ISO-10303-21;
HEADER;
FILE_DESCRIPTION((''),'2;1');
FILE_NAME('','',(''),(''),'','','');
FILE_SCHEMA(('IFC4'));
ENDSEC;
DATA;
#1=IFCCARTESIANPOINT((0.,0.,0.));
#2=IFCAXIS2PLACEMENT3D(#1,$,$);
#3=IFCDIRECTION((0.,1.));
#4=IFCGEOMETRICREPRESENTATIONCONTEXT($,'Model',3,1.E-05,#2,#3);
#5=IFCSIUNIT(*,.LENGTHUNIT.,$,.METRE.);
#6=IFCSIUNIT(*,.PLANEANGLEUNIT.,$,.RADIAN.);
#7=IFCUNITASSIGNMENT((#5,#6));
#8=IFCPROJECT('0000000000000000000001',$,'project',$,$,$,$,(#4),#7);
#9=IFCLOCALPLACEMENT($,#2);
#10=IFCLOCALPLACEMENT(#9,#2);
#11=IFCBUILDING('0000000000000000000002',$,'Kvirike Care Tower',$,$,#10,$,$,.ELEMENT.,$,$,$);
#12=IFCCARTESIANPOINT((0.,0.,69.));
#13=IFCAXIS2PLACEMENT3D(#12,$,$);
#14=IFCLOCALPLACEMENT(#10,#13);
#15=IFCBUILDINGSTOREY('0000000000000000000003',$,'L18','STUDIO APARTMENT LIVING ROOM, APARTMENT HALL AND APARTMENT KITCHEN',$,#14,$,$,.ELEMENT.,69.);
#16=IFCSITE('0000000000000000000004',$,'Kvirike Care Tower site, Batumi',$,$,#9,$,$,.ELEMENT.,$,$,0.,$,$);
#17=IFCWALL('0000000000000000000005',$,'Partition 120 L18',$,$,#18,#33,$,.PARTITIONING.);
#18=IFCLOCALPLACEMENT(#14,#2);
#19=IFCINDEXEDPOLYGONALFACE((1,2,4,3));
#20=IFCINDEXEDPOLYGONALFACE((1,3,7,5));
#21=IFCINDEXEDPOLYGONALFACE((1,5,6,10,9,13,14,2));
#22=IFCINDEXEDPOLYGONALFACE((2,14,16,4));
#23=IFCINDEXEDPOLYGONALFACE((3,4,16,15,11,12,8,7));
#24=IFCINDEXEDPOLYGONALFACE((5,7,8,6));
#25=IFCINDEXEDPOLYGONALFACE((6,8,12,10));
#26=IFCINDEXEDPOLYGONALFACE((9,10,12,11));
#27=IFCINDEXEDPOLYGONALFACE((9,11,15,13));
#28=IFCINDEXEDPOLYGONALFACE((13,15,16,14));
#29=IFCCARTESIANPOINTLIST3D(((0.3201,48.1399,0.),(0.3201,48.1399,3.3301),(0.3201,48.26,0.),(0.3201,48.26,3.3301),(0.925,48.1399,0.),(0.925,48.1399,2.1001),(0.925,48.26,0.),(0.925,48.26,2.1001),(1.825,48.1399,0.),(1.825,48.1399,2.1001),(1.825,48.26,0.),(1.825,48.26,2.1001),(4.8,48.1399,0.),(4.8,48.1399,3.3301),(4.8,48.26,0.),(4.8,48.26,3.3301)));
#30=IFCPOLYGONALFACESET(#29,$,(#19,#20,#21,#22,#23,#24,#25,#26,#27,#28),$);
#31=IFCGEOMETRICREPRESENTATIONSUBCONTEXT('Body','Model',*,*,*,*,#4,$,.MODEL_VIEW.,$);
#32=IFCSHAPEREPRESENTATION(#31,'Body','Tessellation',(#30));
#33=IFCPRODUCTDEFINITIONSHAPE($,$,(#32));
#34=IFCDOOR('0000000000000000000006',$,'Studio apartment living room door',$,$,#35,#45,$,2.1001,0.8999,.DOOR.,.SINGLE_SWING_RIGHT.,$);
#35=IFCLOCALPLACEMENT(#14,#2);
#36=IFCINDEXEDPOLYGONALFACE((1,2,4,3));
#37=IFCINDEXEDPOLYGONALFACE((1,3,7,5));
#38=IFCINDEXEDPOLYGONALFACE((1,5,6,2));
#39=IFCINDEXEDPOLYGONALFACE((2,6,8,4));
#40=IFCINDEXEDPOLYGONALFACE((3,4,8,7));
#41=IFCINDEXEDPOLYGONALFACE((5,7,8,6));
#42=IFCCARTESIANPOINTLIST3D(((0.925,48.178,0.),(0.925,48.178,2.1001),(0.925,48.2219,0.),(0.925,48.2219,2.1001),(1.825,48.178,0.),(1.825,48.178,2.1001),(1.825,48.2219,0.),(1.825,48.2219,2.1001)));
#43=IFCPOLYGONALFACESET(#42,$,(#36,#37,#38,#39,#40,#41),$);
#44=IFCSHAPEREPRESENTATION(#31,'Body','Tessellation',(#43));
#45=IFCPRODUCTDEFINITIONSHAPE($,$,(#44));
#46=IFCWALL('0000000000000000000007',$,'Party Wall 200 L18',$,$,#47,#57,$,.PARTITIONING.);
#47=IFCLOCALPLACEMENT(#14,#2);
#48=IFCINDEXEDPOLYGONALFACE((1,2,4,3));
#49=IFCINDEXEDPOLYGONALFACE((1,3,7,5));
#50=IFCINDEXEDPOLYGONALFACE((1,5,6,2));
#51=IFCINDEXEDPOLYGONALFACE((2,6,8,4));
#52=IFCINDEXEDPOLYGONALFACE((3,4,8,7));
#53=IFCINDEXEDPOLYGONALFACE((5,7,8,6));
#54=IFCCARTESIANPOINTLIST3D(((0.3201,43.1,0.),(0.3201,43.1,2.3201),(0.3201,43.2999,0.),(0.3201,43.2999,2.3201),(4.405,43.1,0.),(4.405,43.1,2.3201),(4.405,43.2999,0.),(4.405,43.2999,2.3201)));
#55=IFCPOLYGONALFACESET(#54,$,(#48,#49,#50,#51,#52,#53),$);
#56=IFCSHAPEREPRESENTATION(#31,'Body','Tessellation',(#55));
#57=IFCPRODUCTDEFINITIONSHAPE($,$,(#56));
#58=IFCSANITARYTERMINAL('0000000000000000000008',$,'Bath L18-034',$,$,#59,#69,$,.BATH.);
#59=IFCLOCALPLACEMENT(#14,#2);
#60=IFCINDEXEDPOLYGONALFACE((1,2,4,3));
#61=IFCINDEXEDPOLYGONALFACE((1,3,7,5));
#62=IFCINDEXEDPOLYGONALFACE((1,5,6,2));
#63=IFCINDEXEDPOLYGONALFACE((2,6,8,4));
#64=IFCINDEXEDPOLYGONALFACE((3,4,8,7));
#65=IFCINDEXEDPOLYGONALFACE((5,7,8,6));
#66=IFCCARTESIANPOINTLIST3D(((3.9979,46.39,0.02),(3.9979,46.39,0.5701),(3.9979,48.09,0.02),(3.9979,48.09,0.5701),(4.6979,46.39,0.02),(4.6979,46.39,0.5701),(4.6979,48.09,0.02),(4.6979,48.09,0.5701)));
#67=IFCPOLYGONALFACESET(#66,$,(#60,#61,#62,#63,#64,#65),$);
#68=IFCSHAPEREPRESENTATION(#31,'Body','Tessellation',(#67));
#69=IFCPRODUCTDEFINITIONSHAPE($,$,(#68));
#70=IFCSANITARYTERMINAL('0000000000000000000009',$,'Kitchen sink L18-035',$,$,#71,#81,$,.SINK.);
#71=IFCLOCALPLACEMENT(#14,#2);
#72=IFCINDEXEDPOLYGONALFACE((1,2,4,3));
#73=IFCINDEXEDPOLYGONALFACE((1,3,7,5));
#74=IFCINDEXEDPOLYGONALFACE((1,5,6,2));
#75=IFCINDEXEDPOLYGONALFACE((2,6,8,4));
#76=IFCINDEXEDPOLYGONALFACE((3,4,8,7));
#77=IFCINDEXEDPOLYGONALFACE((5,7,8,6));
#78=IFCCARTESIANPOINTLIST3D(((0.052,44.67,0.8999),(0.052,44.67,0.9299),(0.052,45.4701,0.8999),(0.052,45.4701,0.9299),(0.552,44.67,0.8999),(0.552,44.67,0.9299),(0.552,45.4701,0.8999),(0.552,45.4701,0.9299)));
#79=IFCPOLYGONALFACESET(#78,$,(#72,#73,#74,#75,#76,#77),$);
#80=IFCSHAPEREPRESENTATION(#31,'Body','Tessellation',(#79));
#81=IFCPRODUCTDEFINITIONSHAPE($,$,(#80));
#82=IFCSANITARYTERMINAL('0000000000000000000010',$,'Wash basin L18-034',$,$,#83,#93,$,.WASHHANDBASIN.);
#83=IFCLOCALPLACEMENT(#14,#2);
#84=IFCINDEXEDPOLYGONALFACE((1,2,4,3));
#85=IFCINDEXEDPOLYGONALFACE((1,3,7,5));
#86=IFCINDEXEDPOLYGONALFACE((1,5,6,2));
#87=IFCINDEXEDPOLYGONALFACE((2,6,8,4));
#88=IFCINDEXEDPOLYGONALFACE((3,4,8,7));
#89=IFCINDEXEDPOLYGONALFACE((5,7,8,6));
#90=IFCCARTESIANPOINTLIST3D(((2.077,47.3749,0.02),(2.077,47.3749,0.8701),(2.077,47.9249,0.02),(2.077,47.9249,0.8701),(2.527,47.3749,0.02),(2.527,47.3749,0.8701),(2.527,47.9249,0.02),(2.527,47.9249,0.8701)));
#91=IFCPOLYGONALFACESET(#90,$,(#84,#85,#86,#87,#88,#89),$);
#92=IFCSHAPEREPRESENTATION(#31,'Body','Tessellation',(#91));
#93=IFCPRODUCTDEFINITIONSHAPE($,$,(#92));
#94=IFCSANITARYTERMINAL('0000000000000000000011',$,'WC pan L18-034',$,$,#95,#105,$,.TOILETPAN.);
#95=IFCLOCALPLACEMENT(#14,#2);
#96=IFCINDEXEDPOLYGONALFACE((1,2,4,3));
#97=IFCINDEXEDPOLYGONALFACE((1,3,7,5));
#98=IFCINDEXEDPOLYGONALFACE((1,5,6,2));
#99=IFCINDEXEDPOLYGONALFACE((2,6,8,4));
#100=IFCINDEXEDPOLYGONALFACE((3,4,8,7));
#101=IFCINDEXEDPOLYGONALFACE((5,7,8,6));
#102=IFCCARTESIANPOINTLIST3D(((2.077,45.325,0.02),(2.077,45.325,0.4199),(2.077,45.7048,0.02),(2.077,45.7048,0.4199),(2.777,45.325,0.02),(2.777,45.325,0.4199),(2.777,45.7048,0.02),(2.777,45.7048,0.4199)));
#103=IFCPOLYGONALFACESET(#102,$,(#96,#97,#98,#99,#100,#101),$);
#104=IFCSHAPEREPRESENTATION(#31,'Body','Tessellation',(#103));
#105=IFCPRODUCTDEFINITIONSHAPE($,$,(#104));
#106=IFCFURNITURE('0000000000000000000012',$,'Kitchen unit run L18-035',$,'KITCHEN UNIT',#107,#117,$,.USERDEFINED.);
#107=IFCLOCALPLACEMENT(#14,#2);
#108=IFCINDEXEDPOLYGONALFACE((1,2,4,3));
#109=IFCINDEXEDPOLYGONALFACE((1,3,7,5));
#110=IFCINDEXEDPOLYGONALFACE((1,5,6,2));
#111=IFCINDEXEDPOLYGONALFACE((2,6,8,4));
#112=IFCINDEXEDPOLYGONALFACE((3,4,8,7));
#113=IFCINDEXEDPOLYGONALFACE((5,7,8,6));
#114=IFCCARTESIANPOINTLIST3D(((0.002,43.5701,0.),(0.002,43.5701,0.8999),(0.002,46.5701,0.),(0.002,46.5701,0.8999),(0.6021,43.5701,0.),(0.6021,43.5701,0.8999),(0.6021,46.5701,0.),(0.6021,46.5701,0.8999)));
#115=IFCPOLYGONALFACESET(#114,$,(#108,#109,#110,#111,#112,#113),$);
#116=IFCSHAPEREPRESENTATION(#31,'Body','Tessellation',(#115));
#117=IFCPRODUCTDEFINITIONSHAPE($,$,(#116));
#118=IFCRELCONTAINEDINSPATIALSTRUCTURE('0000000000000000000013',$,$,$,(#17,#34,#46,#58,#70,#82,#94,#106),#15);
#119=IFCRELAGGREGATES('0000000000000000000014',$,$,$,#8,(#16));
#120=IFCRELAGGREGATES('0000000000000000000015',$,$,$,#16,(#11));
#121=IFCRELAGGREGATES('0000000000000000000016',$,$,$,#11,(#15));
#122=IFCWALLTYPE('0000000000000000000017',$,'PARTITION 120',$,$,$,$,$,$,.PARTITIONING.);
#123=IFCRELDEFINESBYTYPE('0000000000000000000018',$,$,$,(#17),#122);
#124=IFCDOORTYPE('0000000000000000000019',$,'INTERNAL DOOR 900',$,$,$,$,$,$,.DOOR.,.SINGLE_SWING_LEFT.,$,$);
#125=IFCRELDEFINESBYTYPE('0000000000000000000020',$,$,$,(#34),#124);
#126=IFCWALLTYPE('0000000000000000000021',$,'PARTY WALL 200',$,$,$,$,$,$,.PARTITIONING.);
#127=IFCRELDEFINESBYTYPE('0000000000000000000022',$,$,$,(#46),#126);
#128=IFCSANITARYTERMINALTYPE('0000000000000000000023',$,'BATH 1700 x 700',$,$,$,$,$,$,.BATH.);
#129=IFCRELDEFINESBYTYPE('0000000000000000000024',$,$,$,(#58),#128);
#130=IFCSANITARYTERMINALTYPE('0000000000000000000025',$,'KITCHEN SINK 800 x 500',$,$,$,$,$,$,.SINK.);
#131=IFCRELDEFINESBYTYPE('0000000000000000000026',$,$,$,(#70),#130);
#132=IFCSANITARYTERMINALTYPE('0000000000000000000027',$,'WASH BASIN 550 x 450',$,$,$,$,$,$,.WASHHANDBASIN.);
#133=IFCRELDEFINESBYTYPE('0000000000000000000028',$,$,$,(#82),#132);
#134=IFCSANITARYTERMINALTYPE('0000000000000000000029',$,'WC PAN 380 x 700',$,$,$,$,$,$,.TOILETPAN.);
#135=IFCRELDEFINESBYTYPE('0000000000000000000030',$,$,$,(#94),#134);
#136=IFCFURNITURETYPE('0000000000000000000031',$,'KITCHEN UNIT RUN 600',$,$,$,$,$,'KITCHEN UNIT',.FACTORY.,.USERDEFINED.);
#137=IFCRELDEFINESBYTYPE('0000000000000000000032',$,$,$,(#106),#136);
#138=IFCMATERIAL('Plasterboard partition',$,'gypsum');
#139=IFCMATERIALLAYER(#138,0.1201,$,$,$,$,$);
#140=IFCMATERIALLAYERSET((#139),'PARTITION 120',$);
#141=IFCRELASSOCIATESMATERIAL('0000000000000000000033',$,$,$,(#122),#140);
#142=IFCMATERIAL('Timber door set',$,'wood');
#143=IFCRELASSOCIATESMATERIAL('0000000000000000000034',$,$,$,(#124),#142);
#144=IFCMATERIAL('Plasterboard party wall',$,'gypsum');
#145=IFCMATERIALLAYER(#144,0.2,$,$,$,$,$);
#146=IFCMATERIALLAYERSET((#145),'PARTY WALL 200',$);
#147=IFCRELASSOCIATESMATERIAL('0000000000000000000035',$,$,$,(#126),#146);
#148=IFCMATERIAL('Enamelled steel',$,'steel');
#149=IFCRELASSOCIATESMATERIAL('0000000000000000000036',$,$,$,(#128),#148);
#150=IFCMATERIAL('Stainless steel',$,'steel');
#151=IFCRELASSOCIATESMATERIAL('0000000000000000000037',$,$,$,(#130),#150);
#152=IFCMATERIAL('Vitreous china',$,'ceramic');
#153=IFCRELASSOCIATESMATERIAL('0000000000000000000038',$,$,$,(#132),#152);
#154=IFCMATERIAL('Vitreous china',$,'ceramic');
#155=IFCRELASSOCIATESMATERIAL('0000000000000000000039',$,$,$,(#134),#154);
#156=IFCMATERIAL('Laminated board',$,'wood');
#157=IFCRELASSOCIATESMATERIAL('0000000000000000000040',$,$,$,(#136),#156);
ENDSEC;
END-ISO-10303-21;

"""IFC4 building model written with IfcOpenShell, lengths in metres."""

from ifc_helpers import new_model, si_unit, direction, frame, frame_2d, origin, origin_2d, place, context, subcontext, project, spatial, rectangle, extrude, material, layer, layer_set, type_object, element, fill, save


model = new_model("IFC4")

# Units and contexts
model_context = context("Model", 3, precision=1e-05, world=origin(), true_north=direction((0.0, 1.0)))
body_context = subcontext(model_context, "Body", "Model", "MODEL_VIEW")
ifc_project = project(units=[si_unit("LENGTHUNIT", "METRE"), si_unit("PLANEANGLEUNIT", "RADIAN")], contexts=[model_context])

# Site, building, storey
site_placement = place(None, origin())
site = spatial("IfcSite", under=ifc_project, at=site_placement, Name="Kvirike Care Tower site, Batumi", CompositionType="ELEMENT", RefElevation=0.0)
building_placement = place(site_placement, origin())
building = spatial("IfcBuilding", under=site, at=building_placement, Name="Kvirike Care Tower", CompositionType="ELEMENT")
storey_placement = place(building_placement, frame((0.0, 0.0, 69.0)))
storey = spatial("IfcBuildingStorey", under=building, at=storey_placement, Name="L18", Description="STUDIO APARTMENT LIVING ROOM, APARTMENT HALL AND APARTMENT KITCHEN", CompositionType="ELEMENT", Elevation=69.0)

# Wall, opening, door
ifc_material_1 = material(Name="Plasterboard partition", Category="gypsum")
ifc_layer_1 = layer(ifc_material_1, 0.1201)
ifc_layer_set_1 = layer_set([ifc_layer_1], Name="PARTITION 120")
wall_type_1 = type_object("IfcWallType", Name="PARTITION 120", PredefinedType="PARTITIONING", material=ifc_layer_set_1)
wall_1_placement = place(storey_placement, frame((4.8, 48.2, 0.0), z_axis=(0.0, 0.0, 1.0), x_axis=(-1.0, 0.0, 0.0)))
wall_1 = element("IfcWall", 1, at=wall_1_placement, inside=storey, type_object=wall_type_1, Name="Partition 120 L18", PredefinedType="PARTITIONING", context=body_context, shape_type="SweptSolid", body=[
    extrude(rectangle(XDim=4.48, YDim=0.1201, at=frame_2d((2.24, 0.0))), origin(), (0.0, 0.0, 1.0), 3.3301),
])
opening_1_placement = place(wall_1_placement, frame((2.9751, 0.0, 0.0)))
opening_1 = element("IfcOpeningElement", 2, at=opening_1_placement, cuts=wall_1, PredefinedType="OPENING", context=body_context, shape_type="SweptSolid", body=[
    extrude(rectangle(XDim=0.8999, YDim=2.1001, at=frame_2d((0.45, 1.05))), frame((0.0, 0.0706, 0.0), z_axis=(0.0, -1.0, 0.0), x_axis=(1.0, 0.0, 0.0)), (0.0, 0.0, 1.0), 0.1411),
])
ifc_material_2 = material(Name="Timber door set", Category="wood")
door_type_1 = type_object("IfcDoorType", Name="INTERNAL DOOR 900", OperationType="SINGLE_SWING_LEFT", PredefinedType="DOOR", material=ifc_material_2)
door_1_placement = place(opening_1_placement, origin())
door_1 = element("IfcDoor", 3, at=door_1_placement, inside=storey, type_object=door_type_1, Name="Studio apartment living room door", OperationType="SINGLE_SWING_RIGHT", OverallHeight=2.1001, OverallWidth=0.8999, PredefinedType="DOOR", context=body_context, shape_type="SweptSolid", body=[
    extrude(rectangle(XDim=0.8999, YDim=2.1001, at=frame_2d((0.45, 1.05))), frame((0.0, 0.022, 0.0), z_axis=(0.0, -1.0, 0.0), x_axis=(1.0, 0.0, 0.0)), (0.0, 0.0, 1.0), 0.0439),
])
fill(opening_1, door_1)

# Wall
ifc_material_3 = material(Name="Plasterboard party wall", Category="gypsum")
ifc_layer_2 = layer(ifc_material_3, 0.2)
ifc_layer_set_2 = layer_set([ifc_layer_2], Name="PARTY WALL 200")
wall_type_2 = type_object("IfcWallType", Name="PARTY WALL 200", PredefinedType="PARTITIONING", material=ifc_layer_set_2)
wall_2_placement = place(storey_placement, frame((4.405, 43.2, 0.0), z_axis=(0.0, 0.0, 1.0), x_axis=(-1.0, 0.0, 0.0)))
element("IfcWall", 4, at=wall_2_placement, inside=storey, type_object=wall_type_2, Name="Party Wall 200 L18", PredefinedType="PARTITIONING", context=body_context, shape_type="SweptSolid", body=[
    extrude(rectangle(XDim=4.085, YDim=0.2, at=frame_2d((2.0425, 0.0))), origin(), (0.0, 0.0, 1.0), 2.3201),
])

# Sanitary terminals
ifc_material_4 = material(Name="Enamelled steel", Category="steel")
sanitary_terminal_type_1 = type_object("IfcSanitaryTerminalType", Name="BATH 1700 x 700", PredefinedType="BATH", material=ifc_material_4)
sanitary_terminal_1_placement = place(storey_placement, frame((4.3479, 47.24, 0.02), z_axis=(0.0, 0.0, 1.0), x_axis=(0.0, -1.0, 0.0)))
element("IfcSanitaryTerminal", 5, at=sanitary_terminal_1_placement, inside=storey, type_object=sanitary_terminal_type_1, Name="Bath L18-034", PredefinedType="BATH", context=body_context, shape_type="SweptSolid", body=[
    extrude(rectangle(XDim=1.7, YDim=0.7, at=origin_2d()), origin(), (0.0, 0.0, 1.0), 0.55),
])
ifc_material_5 = material(Name="Stainless steel", Category="steel")
sanitary_terminal_type_2 = type_object("IfcSanitaryTerminalType", Name="KITCHEN SINK 800 x 500", PredefinedType="SINK", material=ifc_material_5)
sanitary_terminal_2_placement = place(storey_placement, frame((0.302, 45.0701, 0.8999), z_axis=(0.0, 0.0, 1.0), x_axis=(0.0, 1.0, 0.0)))
element("IfcSanitaryTerminal", 6, at=sanitary_terminal_2_placement, inside=storey, type_object=sanitary_terminal_type_2, Name="Kitchen sink L18-035", PredefinedType="SINK", context=body_context, shape_type="SweptSolid", body=[
    extrude(rectangle(XDim=0.8, YDim=0.5, at=origin_2d()), origin(), (0.0, 0.0, 1.0), 0.03),
])
ifc_material_6 = material(Name="Vitreous china", Category="ceramic")
sanitary_terminal_type_3 = type_object("IfcSanitaryTerminalType", Name="WASH BASIN 550 x 450", PredefinedType="WASHHANDBASIN", material=ifc_material_6)
sanitary_terminal_3_placement = place(storey_placement, frame((2.302, 47.6499, 0.02), z_axis=(0.0, 0.0, 1.0), x_axis=(0.0, 1.0, 0.0)))
element("IfcSanitaryTerminal", 7, at=sanitary_terminal_3_placement, inside=storey, type_object=sanitary_terminal_type_3, Name="Wash basin L18-034", PredefinedType="WASHHANDBASIN", context=body_context, shape_type="SweptSolid", body=[
    extrude(rectangle(XDim=0.55, YDim=0.45, at=origin_2d()), origin(), (0.0, 0.0, 1.0), 0.8501),
])
ifc_material_7 = material(Name="Vitreous china", Category="ceramic")
sanitary_terminal_type_4 = type_object("IfcSanitaryTerminalType", Name="WC PAN 380 x 700", PredefinedType="TOILETPAN", material=ifc_material_7)
sanitary_terminal_4_placement = place(storey_placement, frame((2.427, 45.5149, 0.02), z_axis=(0.0, 0.0, 1.0), x_axis=(0.0, 1.0, 0.0)))
element("IfcSanitaryTerminal", 8, at=sanitary_terminal_4_placement, inside=storey, type_object=sanitary_terminal_type_4, Name="WC pan L18-034", PredefinedType="TOILETPAN", context=body_context, shape_type="SweptSolid", body=[
    extrude(rectangle(XDim=0.3799, YDim=0.7, at=origin_2d()), origin(), (0.0, 0.0, 1.0), 0.3999),
])

# Furniture
ifc_material_8 = material(Name="Laminated board", Category="wood")
furniture_type = type_object("IfcFurnitureType", Name="KITCHEN UNIT RUN 600", ElementType="KITCHEN UNIT", AssemblyPlace="FACTORY", PredefinedType="USERDEFINED", material=ifc_material_8)
furniture_placement = place(storey_placement, frame((0.302, 45.0701, 0.0), z_axis=(0.0, 0.0, 1.0), x_axis=(0.0, 1.0, 0.0)))
element("IfcFurniture", 9, at=furniture_placement, inside=storey, type_object=furniture_type, Name="Kitchen unit run L18-035", ObjectType="KITCHEN UNIT", PredefinedType="USERDEFINED", context=body_context, shape_type="SweptSolid", body=[
    extrude(rectangle(XDim=3.0, YDim=0.6001, at=origin_2d()), origin(), (0.0, 0.0, 1.0), 0.8999),
])

save(model, "model.ifc")
